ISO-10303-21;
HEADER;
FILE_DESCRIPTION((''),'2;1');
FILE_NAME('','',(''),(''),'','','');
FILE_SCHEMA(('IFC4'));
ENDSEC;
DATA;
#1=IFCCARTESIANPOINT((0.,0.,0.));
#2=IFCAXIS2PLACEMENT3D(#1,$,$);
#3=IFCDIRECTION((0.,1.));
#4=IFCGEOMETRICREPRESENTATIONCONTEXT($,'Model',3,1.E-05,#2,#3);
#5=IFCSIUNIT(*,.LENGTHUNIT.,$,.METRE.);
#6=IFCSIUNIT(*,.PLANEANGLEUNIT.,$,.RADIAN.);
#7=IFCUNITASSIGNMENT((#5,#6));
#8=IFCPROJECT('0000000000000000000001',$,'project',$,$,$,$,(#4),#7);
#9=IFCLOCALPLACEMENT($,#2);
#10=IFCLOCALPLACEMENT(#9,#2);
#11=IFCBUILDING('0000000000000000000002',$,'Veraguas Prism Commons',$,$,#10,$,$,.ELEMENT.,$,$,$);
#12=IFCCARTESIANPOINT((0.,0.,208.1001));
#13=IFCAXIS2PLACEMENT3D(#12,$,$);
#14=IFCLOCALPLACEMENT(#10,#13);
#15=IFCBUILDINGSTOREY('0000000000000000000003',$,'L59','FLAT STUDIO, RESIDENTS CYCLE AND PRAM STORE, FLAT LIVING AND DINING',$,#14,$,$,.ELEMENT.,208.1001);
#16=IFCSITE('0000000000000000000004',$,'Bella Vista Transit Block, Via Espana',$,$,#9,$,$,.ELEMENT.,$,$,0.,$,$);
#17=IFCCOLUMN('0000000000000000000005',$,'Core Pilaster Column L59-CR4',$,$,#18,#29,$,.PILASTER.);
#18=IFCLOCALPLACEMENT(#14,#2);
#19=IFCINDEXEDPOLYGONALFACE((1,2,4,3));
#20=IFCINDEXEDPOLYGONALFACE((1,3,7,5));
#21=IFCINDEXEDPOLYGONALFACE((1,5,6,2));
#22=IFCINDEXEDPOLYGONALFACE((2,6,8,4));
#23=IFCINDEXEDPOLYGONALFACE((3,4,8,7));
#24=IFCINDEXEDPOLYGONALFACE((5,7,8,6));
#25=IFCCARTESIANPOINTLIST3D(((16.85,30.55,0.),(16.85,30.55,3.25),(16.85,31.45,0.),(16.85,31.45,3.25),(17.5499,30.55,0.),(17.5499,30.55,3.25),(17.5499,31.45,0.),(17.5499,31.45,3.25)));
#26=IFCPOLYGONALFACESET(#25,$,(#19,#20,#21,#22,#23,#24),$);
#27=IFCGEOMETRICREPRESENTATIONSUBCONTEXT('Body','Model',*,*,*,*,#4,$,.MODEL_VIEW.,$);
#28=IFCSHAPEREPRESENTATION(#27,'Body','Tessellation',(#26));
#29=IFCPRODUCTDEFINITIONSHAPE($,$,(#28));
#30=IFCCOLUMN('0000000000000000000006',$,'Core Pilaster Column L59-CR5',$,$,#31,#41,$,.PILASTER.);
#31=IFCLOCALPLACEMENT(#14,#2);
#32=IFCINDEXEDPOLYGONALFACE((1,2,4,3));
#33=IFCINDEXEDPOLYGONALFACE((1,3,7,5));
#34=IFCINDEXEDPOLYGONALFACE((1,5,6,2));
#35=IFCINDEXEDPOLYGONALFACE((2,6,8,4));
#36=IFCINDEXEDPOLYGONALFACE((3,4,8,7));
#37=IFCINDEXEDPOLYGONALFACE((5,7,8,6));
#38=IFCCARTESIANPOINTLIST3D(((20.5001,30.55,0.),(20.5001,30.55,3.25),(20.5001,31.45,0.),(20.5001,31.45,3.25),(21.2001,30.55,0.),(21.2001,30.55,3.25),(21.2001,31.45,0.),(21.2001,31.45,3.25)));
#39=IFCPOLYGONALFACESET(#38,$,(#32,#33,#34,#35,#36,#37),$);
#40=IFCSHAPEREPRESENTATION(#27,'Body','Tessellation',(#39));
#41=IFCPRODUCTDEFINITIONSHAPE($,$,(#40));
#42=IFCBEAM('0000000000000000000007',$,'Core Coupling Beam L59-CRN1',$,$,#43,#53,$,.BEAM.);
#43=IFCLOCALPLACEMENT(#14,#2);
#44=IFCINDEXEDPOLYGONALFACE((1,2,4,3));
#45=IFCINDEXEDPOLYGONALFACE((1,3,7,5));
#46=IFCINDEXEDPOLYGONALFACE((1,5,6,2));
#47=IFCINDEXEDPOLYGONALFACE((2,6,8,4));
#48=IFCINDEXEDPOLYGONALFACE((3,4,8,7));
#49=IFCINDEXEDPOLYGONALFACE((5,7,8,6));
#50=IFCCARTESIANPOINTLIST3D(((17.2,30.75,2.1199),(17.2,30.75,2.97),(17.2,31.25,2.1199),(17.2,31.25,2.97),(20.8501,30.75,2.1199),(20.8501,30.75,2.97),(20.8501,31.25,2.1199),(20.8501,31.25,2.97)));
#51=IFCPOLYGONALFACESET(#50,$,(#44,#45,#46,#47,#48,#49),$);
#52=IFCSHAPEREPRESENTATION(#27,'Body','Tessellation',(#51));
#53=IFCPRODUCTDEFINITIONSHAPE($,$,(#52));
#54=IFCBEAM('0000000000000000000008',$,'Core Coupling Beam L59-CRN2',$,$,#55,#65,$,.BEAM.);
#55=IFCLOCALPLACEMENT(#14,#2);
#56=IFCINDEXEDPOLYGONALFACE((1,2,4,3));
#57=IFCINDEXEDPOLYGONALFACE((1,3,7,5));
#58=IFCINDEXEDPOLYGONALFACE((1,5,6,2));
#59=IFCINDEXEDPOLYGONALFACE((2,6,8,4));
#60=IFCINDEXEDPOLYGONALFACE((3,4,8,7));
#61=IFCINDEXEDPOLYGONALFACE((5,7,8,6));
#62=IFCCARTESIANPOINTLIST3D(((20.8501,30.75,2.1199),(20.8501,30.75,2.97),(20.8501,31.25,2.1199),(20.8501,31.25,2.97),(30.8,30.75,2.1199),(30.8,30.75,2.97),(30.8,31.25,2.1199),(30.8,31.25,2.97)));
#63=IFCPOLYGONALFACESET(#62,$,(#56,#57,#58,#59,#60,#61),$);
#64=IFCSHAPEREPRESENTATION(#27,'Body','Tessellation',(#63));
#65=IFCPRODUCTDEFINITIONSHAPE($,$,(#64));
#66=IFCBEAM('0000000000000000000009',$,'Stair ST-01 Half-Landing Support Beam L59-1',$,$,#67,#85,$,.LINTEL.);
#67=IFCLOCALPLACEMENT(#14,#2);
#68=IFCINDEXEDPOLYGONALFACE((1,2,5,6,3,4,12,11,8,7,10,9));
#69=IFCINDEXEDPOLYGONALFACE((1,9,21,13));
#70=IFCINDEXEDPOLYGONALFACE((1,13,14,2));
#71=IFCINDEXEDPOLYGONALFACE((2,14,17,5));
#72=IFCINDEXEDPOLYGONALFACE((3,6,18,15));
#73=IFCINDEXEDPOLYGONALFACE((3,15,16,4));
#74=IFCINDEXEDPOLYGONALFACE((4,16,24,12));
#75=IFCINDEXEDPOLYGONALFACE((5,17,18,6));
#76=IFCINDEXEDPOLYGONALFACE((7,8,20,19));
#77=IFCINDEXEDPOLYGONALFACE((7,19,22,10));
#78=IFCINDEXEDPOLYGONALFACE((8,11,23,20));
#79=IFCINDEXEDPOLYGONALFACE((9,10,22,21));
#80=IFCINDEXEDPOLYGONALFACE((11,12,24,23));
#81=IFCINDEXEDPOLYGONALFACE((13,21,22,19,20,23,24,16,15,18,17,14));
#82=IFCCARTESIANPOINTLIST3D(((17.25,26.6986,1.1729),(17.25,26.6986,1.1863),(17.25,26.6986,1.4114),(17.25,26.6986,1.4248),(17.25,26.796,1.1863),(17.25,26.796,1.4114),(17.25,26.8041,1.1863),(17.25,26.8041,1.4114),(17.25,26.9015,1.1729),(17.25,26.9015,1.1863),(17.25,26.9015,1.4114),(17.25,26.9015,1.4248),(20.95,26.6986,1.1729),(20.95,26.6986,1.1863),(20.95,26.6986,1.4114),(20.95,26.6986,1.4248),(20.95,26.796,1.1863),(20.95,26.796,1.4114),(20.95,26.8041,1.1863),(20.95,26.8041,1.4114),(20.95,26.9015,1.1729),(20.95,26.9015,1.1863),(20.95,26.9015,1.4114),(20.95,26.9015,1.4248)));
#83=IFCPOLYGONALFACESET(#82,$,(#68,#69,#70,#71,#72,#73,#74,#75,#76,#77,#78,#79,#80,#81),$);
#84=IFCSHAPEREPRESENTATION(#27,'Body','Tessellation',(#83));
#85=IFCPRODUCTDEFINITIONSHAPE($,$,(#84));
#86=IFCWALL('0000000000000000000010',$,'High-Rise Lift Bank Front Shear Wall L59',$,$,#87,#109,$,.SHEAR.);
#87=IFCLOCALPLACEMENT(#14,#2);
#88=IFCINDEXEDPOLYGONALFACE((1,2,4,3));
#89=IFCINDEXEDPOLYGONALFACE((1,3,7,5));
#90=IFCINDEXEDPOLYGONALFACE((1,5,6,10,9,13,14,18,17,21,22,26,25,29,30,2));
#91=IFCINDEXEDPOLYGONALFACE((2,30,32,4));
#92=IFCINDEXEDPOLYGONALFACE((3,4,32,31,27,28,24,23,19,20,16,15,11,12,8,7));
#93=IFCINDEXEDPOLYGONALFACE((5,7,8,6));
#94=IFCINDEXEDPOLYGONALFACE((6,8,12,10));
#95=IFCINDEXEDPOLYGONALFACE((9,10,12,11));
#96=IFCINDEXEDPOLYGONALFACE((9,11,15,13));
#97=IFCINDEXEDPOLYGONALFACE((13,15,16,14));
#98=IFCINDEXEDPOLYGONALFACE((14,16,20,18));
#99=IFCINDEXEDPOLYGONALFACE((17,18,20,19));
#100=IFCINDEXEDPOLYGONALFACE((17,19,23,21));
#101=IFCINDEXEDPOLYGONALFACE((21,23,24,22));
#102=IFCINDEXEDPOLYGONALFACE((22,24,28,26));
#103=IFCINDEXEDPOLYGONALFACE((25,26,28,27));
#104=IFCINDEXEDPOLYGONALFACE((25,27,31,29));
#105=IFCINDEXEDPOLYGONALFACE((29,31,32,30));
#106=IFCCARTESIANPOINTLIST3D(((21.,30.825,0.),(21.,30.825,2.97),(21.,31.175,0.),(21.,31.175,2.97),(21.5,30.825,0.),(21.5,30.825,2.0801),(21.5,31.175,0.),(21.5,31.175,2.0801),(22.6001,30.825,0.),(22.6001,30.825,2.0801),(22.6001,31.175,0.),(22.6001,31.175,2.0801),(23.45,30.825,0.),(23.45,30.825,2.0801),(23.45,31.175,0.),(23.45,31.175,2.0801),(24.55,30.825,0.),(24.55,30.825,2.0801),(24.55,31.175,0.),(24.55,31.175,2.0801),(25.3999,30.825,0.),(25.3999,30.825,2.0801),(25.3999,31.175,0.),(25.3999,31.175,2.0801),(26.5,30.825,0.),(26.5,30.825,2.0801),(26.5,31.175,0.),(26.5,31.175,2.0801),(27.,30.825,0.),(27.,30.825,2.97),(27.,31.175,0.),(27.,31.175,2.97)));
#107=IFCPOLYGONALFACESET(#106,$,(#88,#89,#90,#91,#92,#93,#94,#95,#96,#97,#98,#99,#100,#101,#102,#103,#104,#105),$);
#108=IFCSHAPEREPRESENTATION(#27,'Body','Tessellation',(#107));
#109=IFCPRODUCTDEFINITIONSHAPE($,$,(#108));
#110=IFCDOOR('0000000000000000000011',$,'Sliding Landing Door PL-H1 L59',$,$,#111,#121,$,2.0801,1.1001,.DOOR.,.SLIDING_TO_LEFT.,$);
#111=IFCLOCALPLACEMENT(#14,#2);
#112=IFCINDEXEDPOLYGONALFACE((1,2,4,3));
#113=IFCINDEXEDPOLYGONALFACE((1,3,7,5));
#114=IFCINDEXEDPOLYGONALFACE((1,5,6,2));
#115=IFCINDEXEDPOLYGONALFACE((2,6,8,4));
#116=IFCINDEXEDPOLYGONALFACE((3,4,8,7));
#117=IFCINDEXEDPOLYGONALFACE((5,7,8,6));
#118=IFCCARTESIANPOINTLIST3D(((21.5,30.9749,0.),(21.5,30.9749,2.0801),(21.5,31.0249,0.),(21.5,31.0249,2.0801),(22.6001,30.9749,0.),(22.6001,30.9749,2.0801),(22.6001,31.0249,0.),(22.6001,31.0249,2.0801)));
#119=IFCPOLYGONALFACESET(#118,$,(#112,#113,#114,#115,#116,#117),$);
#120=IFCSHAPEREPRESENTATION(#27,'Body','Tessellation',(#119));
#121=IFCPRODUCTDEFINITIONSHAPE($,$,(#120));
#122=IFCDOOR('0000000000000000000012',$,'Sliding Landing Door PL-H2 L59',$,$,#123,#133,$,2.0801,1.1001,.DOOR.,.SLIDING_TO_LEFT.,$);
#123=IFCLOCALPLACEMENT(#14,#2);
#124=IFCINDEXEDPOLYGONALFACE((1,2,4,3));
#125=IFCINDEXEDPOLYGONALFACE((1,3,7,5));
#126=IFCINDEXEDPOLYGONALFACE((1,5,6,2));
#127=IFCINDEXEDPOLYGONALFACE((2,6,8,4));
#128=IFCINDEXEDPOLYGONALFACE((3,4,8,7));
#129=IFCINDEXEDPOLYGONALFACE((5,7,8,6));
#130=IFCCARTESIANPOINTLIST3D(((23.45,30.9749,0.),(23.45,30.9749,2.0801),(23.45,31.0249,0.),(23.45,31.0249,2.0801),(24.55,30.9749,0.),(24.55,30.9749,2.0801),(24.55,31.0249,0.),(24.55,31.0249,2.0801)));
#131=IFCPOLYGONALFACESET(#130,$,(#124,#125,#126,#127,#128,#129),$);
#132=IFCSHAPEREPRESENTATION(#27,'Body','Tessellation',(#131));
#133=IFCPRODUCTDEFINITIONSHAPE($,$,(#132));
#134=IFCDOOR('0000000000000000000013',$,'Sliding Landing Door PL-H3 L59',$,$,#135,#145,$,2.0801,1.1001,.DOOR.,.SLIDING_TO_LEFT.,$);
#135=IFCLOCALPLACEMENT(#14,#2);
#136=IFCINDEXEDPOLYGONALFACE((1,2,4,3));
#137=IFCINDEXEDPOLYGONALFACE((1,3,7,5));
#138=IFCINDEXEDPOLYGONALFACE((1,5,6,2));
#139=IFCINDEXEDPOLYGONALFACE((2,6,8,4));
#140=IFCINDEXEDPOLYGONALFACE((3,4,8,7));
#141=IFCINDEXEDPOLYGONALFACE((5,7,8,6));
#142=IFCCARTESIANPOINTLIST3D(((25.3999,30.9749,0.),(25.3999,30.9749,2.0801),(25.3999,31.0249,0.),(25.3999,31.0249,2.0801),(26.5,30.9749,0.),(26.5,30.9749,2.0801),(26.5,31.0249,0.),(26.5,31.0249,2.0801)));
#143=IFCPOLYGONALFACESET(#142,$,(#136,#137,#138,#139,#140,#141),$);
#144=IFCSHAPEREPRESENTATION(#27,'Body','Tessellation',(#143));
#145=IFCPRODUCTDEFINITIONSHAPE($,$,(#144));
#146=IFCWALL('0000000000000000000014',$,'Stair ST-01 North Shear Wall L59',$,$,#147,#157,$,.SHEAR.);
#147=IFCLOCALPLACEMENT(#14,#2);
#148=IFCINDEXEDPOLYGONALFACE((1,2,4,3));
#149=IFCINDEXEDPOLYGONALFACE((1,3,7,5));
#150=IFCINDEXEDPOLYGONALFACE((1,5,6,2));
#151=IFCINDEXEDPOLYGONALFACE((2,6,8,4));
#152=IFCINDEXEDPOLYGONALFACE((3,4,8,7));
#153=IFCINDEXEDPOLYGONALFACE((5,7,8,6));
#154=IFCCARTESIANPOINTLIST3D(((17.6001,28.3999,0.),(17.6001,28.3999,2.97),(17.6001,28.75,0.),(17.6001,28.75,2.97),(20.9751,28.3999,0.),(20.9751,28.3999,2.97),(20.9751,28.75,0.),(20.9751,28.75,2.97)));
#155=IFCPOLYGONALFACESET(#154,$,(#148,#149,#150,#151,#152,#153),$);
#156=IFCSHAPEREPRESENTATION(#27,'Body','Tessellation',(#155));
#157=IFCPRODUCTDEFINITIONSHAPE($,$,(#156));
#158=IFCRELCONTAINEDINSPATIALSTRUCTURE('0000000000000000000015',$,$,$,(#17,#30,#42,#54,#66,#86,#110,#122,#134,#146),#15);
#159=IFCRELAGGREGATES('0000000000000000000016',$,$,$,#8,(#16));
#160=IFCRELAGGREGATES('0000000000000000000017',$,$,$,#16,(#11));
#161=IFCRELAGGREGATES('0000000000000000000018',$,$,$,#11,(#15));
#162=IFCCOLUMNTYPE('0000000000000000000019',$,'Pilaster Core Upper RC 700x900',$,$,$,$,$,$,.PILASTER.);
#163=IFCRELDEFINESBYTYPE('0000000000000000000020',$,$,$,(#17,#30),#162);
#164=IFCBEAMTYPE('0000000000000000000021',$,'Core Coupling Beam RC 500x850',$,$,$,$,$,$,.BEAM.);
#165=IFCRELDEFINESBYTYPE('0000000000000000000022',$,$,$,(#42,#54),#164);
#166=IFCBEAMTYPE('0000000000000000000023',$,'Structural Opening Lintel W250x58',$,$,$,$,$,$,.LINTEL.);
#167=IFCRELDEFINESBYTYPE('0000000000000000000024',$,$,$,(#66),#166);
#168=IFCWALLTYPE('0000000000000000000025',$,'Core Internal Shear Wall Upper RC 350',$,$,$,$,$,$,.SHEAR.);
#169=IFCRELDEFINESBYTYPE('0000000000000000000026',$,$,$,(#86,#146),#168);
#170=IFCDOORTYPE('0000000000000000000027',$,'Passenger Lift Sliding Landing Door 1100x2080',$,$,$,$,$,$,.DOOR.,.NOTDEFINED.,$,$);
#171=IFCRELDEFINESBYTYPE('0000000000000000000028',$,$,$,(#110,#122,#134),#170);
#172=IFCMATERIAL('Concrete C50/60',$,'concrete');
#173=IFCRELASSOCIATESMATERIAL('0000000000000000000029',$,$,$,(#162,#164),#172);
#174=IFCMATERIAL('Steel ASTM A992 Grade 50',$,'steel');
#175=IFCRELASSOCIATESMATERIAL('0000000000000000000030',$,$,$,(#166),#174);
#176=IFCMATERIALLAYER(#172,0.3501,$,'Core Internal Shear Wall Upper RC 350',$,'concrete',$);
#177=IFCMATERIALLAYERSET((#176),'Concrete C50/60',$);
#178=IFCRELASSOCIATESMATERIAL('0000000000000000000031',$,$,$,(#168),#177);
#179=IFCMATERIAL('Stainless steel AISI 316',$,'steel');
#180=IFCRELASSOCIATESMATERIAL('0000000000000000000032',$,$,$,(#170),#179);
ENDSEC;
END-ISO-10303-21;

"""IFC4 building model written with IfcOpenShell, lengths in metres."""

from ifc_helpers import new_model, si_unit, direction, frame, frame_2d, origin, origin_2d, place, context, subcontext, project, spatial, rectangle, i_section, extrude, source, transform, mapped, material, layer, layer_set, material_profile, profile_set, type_object, element, fill, save


model = new_model("IFC4")

# Units and contexts
model_context = context("Model", 3, precision=1e-05, world=origin(), true_north=direction((0.0, 1.0)))
body_context = subcontext(model_context, "Body", "Model", "MODEL_VIEW")
ifc_project = project(units=[si_unit("LENGTHUNIT", "METRE"), si_unit("PLANEANGLEUNIT", "RADIAN")], contexts=[model_context])

# Site, building, storey
site_placement = place(None, origin())
site = spatial("IfcSite", under=ifc_project, at=site_placement, Name="Bella Vista Transit Block, Via Espana", CompositionType="ELEMENT", RefElevation=0.0)
building_placement = place(site_placement, origin())
building = spatial("IfcBuilding", under=site, at=building_placement, Name="Veraguas Prism Commons", CompositionType="ELEMENT")
storey_placement = place(building_placement, frame((0.0, 0.0, 208.1001)))
storey = spatial("IfcBuildingStorey", under=building, at=storey_placement, Name="L59", Description="FLAT STUDIO, RESIDENTS CYCLE AND PRAM STORE, FLAT LIVING AND DINING", CompositionType="ELEMENT", Elevation=208.1001)

# Columns
ifc_material_1 = material(Name="Concrete C50/60", Category="concrete")
ifc_material_profile_1 = material_profile(ifc_material_1, rectangle(XDim=0.7, YDim=0.8999, at=origin_2d()), Name="RC700X900")
ifc_profile_set_1 = profile_set([ifc_material_profile_1], Name="Concrete C50/60")
column_type = type_object("IfcColumnType", Name="Pilaster Core Upper RC 700x900", PredefinedType="PILASTER", material=ifc_profile_set_1)
for number, where, z_axis, x_axis, name in (
    (1, (17.2, 31.0, 0.0), (0.0, 0.0, 1.0), (1.0, 0.0, 0.0), "Core Pilaster Column L59-CR4"),
    (2, (20.8501, 31.0, 0.0), (0.0, 0.0, 1.0), (1.0, 0.0, 0.0), "Core Pilaster Column L59-CR5"),
):
    element("IfcColumn", number, at=place(storey_placement, frame(where, z_axis=z_axis, x_axis=x_axis)), inside=storey, type_object=column_type, Name=name, PredefinedType="PILASTER", context=body_context, shape_type="SweptSolid", body=[
        extrude(rectangle(XDim=0.7, YDim=0.8999, at=origin_2d()), origin(), (0.0, 0.0, 1.0), 3.25),
    ])

# Beams
ifc_material_profile_2 = material_profile(ifc_material_1, rectangle(XDim=0.5, YDim=0.8501, at=origin_2d()), Name="RC500X850")
ifc_profile_set_2 = profile_set([ifc_material_profile_2], Name="Concrete C50/60")
beam_type_1 = type_object("IfcBeamType", Name="Core Coupling Beam RC 500x850", PredefinedType="BEAM", material=ifc_profile_set_2)
beam_1_placement = place(storey_placement, frame((17.2, 31.0, 2.5449), z_axis=(1.0, 0.0, 0.0), x_axis=(0.0, 1.0, 0.0)))
element("IfcBeam", 3, at=beam_1_placement, inside=storey, type_object=beam_type_1, Name="Core Coupling Beam L59-CRN1", PredefinedType="BEAM", context=body_context, shape_type="SweptSolid", body=[
    extrude(rectangle(XDim=0.5, YDim=0.8501, at=origin_2d()), origin(), (0.0, 0.0, 1.0), 3.6501),
])
beam_2_placement = place(storey_placement, frame((20.8501, 31.0, 2.5449), z_axis=(1.0, 0.0, 0.0), x_axis=(0.0, 1.0, 0.0)))
element("IfcBeam", 4, at=beam_2_placement, inside=storey, type_object=beam_type_1, Name="Core Coupling Beam L59-CRN2", PredefinedType="BEAM", context=body_context, shape_type="SweptSolid", body=[
    extrude(rectangle(XDim=0.5, YDim=0.8501, at=origin_2d()), origin(), (0.0, 0.0, 1.0), 9.95),
])
ifc_material_2 = material(Name="Steel ASTM A992 Grade 50", Category="steel")
ifc_material_profile_3 = material_profile(ifc_material_2, i_section(OverallWidth=0.2029, OverallDepth=0.252, WebThickness=0.0081, FlangeThickness=0.0134, at=origin_2d()), Name="W250X58")
ifc_profile_set_3 = profile_set([ifc_material_profile_3], Name="Steel ASTM A992 Grade 50")
beam_type_2 = type_object("IfcBeamType", Name="Structural Opening Lintel W250x58", PredefinedType="LINTEL", material=ifc_profile_set_3)
beam_3_placement = place(storey_placement, frame((17.25, 26.8, 1.2988), z_axis=(1.0, 0.0, 0.0), x_axis=(0.0, 1.0, 0.0)))
element("IfcBeam", 5, at=beam_3_placement, inside=storey, type_object=beam_type_2, Name="Stair ST-01 Half-Landing Support Beam L59-1", PredefinedType="LINTEL", context=body_context, shape_type="SweptSolid", body=[
    extrude(i_section(OverallWidth=0.2029, OverallDepth=0.252, WebThickness=0.0081, FlangeThickness=0.0134, at=origin_2d()), origin(), (0.0, 0.0, 1.0), 3.7),
])

# Wall, openings, doors
ifc_layer_1 = layer(ifc_material_1, 0.3501, Name="Core Internal Shear Wall Upper RC 350", Category="concrete")
ifc_layer_set_1 = layer_set([ifc_layer_1], Name="Concrete C50/60")
wall_type_1 = type_object("IfcWallType", Name="Core Internal Shear Wall Upper RC 350", PredefinedType="SHEAR", material=ifc_layer_set_1)
wall_1_placement = place(storey_placement, frame((21.0, 31.0, 0.0), z_axis=(0.0, 0.0, 1.0), x_axis=(1.0, 0.0, 0.0)))
wall_1 = element("IfcWall", 6, at=wall_1_placement, inside=storey, type_object=wall_type_1, Name="High-Rise Lift Bank Front Shear Wall L59", PredefinedType="SHEAR", context=body_context, shape_type="SweptSolid", body=[
    extrude(rectangle(XDim=6.0, YDim=0.3501, at=frame_2d((3.0, 0.0))), origin(), (0.0, 0.0, 1.0), 2.97),
])
opening_1_placement = place(wall_1_placement, frame((0.5, 0.0, 0.0)))
opening_1 = element("IfcOpeningElement", 7, at=opening_1_placement, cuts=wall_1, PredefinedType="OPENING", context=body_context, shape_type="SweptSolid", body=[
    extrude(rectangle(XDim=1.1001, YDim=2.0801, at=frame_2d((0.55, 1.04))), frame((0.0, 0.1851, 0.0), z_axis=(0.0, -1.0, 0.0), x_axis=(1.0, 0.0, 0.0)), (0.0, 0.0, 1.0), 0.3701),
])
opening_2_placement = place(wall_1_placement, frame((2.45, 0.0, 0.0)))
opening_2 = element("IfcOpeningElement", 8, at=opening_2_placement, cuts=wall_1, PredefinedType="OPENING", context=body_context, shape_type="SweptSolid", body=[
    extrude(rectangle(XDim=1.1001, YDim=2.0801, at=frame_2d((0.55, 1.04))), frame((0.0, 0.1851, 0.0), z_axis=(0.0, -1.0, 0.0), x_axis=(1.0, 0.0, 0.0)), (0.0, 0.0, 1.0), 0.3701),
])
opening_3_placement = place(wall_1_placement, frame((4.3999, 0.0, 0.0)))
opening_3 = element("IfcOpeningElement", 9, at=opening_3_placement, cuts=wall_1, PredefinedType="OPENING", context=body_context, shape_type="SweptSolid", body=[
    extrude(rectangle(XDim=1.1001, YDim=2.0801, at=frame_2d((0.55, 1.04))), frame((0.0, 0.1851, 0.0), z_axis=(0.0, -1.0, 0.0), x_axis=(1.0, 0.0, 0.0)), (0.0, 0.0, 1.0), 0.3701),
])
ifc_material_3 = material(Name="Stainless steel AISI 316", Category="steel")
door_type_1 = type_object("IfcDoorType", Name="Passenger Lift Sliding Landing Door 1100x2080", OperationType="NOTDEFINED", PredefinedType="DOOR", material=ifc_material_3)
shared_shape_1 = source(origin(), body_context, "Body", "SweptSolid", [
    extrude(rectangle(XDim=1.1001, YDim=2.0801, at=frame_2d((0.55, 1.04))), frame((0.0, 0.0249, 0.0), z_axis=(0.0, -1.0, 0.0), x_axis=(1.0, 0.0, 0.0)), (0.0, 0.0, 1.0), 0.05),
])
door_1_placement = place(opening_1_placement, origin())
door_1 = element("IfcDoor", 10, at=door_1_placement, inside=storey, type_object=door_type_1, Name="Sliding Landing Door PL-H1 L59", OperationType="SLIDING_TO_LEFT", OverallHeight=2.0801, OverallWidth=1.1001, PredefinedType="DOOR", context=body_context, shape_type="MappedRepresentation", body=[
    mapped(shared_shape_1, transform((0.0, 0.0, 0.0), scale=1.0)),
])
fill(opening_1, door_1)
door_2_placement = place(opening_2_placement, origin())
door_2 = element("IfcDoor", 11, at=door_2_placement, inside=storey, type_object=door_type_1, Name="Sliding Landing Door PL-H2 L59", OperationType="SLIDING_TO_LEFT", OverallHeight=2.0801, OverallWidth=1.1001, PredefinedType="DOOR", context=body_context, shape_type="MappedRepresentation", body=[
    mapped(shared_shape_1, transform((0.0, 0.0, 0.0), scale=1.0)),
])
fill(opening_2, door_2)
door_3_placement = place(opening_3_placement, origin())
door_3 = element("IfcDoor", 12, at=door_3_placement, inside=storey, type_object=door_type_1, Name="Sliding Landing Door PL-H3 L59", OperationType="SLIDING_TO_LEFT", OverallHeight=2.0801, OverallWidth=1.1001, PredefinedType="DOOR", context=body_context, shape_type="MappedRepresentation", body=[
    mapped(shared_shape_1, transform((0.0, 0.0, 0.0), scale=1.0)),
])
fill(opening_3, door_3)

# Wall
wall_2_placement = place(storey_placement, frame((17.6001, 28.575, 0.0), z_axis=(0.0, 0.0, 1.0), x_axis=(1.0, 0.0, 0.0)))
element("IfcWall", 13, at=wall_2_placement, inside=storey, type_object=wall_type_1, Name="Stair ST-01 North Shear Wall L59", PredefinedType="SHEAR", context=body_context, shape_type="SweptSolid", body=[
    extrude(rectangle(XDim=3.375, YDim=0.3501, at=frame_2d((1.6875, 0.0))), origin(), (0.0, 0.0, 1.0), 2.97),
])

save(model, "model.ifc")
